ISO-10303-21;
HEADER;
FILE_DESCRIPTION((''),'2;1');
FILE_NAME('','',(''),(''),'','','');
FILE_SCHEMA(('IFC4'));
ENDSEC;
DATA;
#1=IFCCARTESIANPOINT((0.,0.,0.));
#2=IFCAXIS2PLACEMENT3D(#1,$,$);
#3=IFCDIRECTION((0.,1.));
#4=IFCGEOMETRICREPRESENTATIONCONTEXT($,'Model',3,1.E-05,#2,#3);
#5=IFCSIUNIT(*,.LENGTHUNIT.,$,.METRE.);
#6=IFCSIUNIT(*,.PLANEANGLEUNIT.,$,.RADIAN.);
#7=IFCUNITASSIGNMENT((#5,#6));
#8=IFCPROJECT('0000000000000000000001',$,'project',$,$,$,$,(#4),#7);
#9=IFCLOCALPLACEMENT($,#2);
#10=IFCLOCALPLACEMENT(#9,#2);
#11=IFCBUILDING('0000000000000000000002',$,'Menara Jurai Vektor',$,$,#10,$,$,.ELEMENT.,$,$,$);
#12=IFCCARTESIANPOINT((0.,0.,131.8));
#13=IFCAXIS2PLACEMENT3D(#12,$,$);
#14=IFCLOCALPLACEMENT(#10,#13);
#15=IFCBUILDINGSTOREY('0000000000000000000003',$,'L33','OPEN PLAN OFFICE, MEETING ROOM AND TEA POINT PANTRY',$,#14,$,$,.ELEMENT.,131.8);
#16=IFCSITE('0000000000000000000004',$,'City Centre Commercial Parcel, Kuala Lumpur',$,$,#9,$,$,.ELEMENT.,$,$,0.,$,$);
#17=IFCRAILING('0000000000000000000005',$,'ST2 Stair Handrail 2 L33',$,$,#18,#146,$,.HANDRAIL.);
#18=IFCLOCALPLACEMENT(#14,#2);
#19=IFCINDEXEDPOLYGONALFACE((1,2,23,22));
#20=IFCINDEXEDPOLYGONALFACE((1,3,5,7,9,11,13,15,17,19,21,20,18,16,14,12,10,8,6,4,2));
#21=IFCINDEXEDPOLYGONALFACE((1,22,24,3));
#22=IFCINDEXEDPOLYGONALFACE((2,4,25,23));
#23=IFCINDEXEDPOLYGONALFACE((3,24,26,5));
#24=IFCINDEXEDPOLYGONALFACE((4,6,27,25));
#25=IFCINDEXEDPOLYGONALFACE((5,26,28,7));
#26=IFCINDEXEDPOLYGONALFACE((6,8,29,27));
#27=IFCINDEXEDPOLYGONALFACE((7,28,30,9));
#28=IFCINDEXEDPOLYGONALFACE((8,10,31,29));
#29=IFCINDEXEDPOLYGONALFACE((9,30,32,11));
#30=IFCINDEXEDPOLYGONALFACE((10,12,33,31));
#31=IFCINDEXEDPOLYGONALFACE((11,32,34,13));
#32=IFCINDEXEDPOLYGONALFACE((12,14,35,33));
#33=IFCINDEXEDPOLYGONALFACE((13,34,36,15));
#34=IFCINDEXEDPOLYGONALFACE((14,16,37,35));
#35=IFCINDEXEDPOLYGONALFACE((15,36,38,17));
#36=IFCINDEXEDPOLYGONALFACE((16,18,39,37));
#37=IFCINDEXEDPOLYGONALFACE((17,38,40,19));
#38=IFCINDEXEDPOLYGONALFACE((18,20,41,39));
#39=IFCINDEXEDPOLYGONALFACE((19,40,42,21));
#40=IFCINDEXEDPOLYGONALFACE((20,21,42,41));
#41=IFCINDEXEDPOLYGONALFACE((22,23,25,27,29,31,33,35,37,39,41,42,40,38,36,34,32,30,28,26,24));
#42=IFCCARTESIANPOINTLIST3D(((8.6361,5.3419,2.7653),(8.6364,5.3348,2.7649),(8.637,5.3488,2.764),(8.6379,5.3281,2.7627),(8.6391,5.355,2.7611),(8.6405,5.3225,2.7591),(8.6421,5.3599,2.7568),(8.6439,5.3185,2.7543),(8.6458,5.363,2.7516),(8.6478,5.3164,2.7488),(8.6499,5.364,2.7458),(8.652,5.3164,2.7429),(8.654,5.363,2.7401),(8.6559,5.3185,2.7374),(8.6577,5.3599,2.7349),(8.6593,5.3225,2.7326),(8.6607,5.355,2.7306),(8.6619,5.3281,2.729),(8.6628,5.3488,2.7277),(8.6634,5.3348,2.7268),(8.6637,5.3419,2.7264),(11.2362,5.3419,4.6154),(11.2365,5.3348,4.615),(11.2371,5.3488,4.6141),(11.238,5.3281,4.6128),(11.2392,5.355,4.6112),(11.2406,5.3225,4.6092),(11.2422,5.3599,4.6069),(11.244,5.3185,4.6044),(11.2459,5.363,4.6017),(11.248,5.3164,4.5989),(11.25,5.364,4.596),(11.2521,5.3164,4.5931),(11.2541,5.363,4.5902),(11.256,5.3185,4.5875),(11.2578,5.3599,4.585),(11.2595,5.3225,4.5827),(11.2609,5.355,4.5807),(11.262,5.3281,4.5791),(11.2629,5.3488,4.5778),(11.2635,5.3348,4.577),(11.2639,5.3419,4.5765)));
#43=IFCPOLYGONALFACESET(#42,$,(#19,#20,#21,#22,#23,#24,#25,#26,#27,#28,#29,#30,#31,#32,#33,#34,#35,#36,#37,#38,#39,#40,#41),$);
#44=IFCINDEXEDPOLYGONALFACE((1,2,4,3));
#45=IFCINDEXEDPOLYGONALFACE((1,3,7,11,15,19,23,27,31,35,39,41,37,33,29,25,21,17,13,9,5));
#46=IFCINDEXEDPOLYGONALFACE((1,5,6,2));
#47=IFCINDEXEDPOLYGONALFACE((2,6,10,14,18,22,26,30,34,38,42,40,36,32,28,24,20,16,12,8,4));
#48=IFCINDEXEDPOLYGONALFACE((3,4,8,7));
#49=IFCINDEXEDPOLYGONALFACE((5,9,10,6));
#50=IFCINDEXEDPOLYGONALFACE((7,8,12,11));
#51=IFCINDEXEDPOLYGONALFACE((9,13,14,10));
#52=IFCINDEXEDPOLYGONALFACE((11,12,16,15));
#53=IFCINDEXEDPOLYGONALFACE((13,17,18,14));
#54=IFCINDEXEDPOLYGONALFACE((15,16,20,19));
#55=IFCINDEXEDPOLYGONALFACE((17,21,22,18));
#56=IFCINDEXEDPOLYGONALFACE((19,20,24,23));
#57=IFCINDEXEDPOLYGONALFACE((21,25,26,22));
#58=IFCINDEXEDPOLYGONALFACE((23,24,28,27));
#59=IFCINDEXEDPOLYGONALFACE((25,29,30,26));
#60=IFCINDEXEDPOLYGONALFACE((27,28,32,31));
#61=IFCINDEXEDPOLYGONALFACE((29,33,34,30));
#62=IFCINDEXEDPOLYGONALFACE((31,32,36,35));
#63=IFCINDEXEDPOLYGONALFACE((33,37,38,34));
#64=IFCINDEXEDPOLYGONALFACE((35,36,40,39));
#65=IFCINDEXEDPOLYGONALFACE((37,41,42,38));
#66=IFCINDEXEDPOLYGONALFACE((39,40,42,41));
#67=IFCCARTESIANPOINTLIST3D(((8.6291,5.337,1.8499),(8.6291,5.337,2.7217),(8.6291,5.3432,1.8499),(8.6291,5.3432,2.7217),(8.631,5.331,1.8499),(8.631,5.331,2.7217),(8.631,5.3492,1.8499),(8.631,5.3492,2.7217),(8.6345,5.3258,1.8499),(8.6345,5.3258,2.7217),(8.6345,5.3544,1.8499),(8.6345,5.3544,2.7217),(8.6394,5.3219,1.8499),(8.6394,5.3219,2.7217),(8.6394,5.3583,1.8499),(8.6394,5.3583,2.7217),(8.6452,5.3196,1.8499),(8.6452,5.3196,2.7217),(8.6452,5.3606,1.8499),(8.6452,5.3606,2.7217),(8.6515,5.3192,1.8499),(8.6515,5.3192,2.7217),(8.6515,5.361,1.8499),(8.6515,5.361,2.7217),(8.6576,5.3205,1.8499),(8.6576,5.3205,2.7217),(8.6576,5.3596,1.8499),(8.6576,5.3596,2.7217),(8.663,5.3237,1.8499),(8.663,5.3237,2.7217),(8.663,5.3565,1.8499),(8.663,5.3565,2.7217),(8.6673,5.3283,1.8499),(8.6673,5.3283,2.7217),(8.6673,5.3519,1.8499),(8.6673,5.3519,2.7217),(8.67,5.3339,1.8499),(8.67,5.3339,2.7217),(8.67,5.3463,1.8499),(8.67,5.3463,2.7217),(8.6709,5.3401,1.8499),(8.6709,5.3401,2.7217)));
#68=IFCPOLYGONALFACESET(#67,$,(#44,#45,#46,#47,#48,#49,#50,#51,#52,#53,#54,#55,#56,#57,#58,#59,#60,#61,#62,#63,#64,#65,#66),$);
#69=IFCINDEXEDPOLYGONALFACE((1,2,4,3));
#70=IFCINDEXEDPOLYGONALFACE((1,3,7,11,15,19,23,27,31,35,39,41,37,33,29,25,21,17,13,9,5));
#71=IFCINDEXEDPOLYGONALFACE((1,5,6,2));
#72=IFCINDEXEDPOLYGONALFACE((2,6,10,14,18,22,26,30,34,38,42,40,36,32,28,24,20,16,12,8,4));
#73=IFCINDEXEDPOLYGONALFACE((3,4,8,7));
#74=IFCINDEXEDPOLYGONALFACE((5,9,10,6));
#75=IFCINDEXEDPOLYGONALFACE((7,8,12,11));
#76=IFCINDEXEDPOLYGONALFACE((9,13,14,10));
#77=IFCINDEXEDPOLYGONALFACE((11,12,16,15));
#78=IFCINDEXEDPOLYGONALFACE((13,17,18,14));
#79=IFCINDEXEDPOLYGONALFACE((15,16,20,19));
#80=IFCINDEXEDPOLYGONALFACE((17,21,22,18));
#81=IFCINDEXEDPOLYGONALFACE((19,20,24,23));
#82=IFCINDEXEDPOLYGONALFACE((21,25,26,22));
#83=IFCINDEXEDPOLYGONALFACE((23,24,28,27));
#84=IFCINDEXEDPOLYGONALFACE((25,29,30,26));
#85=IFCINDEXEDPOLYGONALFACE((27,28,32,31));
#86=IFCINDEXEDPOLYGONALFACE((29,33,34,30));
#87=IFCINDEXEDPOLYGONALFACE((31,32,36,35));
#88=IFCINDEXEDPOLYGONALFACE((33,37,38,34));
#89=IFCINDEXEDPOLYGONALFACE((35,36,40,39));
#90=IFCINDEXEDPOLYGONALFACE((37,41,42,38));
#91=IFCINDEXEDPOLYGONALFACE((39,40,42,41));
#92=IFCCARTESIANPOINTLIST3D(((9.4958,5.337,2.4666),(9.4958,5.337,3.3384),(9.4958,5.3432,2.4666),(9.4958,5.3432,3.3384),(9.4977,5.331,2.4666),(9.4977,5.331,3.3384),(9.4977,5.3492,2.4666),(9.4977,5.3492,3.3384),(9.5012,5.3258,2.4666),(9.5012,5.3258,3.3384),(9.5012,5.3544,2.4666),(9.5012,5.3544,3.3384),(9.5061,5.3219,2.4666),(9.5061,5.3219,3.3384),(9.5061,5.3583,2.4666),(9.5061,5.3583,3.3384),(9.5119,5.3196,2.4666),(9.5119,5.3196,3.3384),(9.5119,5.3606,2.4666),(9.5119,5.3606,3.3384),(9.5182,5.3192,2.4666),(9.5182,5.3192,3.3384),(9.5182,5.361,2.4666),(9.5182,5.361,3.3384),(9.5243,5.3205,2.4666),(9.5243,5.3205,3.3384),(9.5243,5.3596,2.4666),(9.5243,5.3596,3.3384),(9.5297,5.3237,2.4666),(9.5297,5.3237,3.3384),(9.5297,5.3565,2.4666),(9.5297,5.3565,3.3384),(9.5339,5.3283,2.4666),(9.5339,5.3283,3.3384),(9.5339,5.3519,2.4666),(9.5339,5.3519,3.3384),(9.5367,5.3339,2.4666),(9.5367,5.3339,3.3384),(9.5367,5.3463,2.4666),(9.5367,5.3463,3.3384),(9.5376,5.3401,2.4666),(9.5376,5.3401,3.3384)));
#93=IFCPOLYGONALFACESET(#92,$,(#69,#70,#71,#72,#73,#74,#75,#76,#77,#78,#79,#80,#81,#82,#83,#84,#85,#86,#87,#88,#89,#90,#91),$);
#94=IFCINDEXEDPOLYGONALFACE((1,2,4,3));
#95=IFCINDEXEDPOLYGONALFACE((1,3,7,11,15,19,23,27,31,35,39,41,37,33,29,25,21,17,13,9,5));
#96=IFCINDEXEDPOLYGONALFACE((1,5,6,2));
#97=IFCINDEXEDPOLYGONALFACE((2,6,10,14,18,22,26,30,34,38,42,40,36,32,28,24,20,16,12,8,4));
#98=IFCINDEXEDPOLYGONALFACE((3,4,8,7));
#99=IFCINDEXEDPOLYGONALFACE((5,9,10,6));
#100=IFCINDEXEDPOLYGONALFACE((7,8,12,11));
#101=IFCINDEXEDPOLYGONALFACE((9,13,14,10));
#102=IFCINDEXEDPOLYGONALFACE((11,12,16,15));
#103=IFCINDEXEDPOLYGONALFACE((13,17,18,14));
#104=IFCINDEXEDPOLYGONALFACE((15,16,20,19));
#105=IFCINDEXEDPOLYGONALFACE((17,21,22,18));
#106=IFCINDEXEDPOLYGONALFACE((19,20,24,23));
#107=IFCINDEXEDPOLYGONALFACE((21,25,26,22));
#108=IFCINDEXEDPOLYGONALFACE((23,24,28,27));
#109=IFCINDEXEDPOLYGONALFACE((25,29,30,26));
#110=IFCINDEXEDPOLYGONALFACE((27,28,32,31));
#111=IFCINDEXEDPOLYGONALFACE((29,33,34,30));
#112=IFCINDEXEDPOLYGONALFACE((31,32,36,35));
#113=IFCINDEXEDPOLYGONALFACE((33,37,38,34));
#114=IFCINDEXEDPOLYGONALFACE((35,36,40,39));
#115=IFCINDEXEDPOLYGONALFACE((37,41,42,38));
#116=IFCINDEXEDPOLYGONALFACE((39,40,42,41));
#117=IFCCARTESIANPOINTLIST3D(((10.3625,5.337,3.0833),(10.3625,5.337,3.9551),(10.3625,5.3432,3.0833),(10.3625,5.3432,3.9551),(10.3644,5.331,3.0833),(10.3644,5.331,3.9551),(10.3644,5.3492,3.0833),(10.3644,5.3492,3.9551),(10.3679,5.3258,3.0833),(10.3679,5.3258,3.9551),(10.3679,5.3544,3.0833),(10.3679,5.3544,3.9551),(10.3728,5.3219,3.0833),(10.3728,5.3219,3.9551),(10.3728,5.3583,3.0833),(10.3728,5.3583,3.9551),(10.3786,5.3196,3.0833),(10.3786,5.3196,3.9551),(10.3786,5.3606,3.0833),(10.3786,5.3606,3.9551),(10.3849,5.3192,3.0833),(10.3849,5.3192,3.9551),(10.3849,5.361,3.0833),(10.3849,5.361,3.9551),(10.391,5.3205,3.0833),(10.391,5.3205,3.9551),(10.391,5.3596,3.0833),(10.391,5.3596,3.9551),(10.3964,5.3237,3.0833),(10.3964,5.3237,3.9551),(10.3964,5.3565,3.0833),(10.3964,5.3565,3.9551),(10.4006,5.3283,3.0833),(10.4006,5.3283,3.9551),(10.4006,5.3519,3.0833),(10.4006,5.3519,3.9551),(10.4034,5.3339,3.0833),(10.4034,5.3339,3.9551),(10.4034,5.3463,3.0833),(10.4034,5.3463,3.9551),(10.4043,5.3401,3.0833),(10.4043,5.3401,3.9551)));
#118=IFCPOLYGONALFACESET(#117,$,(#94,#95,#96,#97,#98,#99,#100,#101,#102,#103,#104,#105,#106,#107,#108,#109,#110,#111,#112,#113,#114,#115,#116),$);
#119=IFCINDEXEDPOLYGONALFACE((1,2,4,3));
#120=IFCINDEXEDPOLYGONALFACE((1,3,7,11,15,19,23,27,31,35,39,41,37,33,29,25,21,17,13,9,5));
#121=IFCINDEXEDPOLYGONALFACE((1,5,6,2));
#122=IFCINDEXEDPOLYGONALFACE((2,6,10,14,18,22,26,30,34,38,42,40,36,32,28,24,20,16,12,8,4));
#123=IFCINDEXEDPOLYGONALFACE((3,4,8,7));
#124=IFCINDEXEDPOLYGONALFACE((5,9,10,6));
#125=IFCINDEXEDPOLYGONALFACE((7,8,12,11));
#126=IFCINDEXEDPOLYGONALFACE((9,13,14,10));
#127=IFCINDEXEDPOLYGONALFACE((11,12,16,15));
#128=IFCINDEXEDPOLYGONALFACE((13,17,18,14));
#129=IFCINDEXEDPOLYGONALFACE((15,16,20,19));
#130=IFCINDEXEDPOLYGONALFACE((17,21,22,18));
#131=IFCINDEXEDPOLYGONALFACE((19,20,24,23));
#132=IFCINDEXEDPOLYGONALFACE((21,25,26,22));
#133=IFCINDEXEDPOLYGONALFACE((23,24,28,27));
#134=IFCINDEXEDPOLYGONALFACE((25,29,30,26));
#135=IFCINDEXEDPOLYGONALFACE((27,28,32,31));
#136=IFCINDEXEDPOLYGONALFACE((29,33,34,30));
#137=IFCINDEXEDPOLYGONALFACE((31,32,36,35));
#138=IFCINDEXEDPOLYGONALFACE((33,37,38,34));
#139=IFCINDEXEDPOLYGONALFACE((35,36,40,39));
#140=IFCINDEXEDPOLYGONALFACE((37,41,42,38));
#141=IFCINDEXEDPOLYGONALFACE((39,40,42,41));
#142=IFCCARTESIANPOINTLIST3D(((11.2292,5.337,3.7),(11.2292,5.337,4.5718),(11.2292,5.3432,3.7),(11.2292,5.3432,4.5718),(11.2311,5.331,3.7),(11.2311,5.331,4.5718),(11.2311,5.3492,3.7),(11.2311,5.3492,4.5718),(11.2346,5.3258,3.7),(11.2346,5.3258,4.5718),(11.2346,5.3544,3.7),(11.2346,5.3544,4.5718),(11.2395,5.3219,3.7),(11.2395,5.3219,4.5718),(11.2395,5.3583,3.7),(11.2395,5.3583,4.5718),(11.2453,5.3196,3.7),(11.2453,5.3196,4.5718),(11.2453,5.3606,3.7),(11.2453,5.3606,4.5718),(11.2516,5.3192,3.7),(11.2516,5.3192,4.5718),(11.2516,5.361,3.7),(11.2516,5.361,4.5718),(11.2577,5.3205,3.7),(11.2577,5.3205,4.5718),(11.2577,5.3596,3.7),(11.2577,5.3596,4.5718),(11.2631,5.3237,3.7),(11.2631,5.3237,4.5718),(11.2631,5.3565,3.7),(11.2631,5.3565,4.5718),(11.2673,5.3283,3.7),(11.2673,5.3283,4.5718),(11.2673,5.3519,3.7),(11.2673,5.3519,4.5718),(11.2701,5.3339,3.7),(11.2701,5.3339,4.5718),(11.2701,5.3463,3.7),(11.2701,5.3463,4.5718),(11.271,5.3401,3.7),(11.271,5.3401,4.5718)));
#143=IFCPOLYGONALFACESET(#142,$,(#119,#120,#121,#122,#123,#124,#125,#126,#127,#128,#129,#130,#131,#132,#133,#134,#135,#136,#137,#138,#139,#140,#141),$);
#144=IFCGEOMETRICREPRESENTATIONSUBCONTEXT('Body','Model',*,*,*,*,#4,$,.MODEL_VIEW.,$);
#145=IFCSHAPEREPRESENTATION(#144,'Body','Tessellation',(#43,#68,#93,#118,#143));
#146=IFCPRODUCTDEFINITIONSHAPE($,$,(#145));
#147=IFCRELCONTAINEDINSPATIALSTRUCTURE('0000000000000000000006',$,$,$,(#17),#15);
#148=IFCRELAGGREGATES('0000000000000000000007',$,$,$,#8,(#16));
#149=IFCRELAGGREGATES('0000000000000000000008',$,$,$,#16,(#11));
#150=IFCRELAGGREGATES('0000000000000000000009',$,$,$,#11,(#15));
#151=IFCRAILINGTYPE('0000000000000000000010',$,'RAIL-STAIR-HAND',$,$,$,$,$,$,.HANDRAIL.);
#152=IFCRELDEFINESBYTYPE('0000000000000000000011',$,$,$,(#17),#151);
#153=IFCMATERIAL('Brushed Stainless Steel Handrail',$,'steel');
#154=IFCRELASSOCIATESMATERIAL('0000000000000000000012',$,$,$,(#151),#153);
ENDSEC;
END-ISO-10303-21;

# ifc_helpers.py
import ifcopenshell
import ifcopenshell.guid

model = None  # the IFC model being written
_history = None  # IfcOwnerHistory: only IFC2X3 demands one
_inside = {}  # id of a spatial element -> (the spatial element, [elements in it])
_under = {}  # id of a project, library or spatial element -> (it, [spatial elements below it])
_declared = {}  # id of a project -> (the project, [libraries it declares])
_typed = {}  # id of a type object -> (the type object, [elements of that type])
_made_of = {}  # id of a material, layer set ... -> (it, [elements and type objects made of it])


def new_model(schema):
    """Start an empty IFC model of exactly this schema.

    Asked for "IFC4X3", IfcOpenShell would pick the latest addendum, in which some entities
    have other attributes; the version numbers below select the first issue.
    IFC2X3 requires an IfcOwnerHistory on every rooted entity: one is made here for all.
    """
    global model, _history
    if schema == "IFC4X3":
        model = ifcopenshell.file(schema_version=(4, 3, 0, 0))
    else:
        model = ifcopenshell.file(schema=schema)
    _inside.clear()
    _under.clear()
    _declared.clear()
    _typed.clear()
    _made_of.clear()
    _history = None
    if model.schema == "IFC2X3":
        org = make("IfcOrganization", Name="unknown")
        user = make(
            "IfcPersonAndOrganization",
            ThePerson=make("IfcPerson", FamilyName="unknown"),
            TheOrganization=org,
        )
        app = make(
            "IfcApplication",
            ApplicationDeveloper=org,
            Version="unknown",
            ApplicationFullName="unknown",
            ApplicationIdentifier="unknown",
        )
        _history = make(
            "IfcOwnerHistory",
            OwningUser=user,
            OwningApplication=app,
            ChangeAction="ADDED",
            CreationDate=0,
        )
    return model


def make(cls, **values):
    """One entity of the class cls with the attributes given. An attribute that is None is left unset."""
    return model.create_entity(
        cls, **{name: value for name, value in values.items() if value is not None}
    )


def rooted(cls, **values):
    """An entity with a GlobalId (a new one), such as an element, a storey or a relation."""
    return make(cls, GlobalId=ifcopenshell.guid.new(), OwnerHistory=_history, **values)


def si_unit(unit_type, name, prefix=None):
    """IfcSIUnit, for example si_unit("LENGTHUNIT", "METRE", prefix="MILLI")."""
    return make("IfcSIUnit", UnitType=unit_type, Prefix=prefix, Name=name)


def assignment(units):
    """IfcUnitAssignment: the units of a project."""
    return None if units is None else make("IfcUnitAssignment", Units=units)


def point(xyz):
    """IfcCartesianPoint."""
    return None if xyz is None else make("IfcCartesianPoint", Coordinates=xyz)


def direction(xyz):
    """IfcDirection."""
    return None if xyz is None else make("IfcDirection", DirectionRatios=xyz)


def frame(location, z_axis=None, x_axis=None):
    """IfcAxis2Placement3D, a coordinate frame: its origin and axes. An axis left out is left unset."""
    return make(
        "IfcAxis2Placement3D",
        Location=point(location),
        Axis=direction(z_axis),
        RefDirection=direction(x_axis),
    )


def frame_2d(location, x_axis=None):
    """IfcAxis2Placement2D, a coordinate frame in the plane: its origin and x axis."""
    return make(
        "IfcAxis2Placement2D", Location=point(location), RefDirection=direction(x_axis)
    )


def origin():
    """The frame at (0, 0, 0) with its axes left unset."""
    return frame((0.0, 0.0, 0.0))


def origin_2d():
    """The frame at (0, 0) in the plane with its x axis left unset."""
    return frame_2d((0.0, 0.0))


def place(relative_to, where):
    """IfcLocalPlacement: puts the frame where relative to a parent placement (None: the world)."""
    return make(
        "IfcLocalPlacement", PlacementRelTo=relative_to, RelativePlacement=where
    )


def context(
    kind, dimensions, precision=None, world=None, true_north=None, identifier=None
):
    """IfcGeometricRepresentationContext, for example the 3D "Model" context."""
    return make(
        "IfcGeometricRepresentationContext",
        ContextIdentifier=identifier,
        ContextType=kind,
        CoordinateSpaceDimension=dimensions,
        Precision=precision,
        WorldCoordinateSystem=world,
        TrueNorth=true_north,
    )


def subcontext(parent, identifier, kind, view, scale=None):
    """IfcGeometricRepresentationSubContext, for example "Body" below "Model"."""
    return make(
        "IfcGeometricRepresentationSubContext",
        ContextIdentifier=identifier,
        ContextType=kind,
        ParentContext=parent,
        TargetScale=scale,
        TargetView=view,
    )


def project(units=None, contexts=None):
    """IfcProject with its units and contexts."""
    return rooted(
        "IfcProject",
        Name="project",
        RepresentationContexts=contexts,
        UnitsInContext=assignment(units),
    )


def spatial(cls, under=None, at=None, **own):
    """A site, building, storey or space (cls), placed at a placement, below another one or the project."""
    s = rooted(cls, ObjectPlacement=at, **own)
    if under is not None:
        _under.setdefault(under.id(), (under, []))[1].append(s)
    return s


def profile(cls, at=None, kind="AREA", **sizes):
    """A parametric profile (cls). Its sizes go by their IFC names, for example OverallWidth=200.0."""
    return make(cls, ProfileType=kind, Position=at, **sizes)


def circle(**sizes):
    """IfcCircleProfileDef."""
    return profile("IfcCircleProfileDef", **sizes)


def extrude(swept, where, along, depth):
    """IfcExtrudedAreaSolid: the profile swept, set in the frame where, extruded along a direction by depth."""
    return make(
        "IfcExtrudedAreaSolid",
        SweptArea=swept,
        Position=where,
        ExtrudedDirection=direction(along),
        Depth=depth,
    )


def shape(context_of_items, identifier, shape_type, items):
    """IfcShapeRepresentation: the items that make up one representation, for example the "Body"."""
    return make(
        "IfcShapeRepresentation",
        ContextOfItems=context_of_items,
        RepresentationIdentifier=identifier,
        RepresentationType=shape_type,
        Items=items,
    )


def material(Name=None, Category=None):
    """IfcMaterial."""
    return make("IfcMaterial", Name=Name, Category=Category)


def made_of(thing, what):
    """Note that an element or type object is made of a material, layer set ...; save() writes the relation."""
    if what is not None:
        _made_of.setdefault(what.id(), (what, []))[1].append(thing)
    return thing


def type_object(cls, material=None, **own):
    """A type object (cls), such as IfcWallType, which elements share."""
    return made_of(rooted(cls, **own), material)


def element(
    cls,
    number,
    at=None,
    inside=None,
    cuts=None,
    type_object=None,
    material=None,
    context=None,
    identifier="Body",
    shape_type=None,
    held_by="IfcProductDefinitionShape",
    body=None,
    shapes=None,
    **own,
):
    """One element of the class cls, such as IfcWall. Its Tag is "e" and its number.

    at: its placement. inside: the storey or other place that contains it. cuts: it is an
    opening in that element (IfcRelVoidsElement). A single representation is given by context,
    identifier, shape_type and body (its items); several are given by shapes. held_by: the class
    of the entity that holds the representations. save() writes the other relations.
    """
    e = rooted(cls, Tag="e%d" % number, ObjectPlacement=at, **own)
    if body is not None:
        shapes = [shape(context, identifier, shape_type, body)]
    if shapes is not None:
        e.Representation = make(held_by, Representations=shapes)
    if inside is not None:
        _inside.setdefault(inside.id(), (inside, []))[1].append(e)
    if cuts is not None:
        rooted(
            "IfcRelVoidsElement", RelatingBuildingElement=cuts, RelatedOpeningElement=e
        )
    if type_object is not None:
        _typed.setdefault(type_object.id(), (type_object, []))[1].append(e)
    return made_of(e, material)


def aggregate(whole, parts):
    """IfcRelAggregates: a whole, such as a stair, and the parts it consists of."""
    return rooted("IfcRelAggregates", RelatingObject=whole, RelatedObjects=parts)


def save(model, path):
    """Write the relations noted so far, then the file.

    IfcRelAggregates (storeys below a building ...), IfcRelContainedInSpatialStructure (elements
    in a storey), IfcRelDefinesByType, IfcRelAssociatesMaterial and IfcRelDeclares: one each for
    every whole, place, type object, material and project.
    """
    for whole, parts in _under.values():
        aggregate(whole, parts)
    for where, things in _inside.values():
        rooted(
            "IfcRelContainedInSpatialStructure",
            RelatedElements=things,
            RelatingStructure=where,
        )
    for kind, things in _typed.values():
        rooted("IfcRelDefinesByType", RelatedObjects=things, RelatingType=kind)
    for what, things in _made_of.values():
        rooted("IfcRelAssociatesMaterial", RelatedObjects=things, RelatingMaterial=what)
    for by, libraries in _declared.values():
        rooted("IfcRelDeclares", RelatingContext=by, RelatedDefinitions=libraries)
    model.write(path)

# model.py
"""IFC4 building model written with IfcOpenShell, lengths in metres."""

from ifc_helpers import new_model, si_unit, direction, frame, origin, origin_2d, place, context, subcontext, project, spatial, circle, extrude, material, type_object, element, save


model = new_model("IFC4")

# Units and contexts
model_context = context("Model", 3, precision=1e-05, world=origin(), true_north=direction((0.0, 1.0)))
body_context = subcontext(model_context, "Body", "Model", "MODEL_VIEW")
ifc_project = project(units=[si_unit("LENGTHUNIT", "METRE"), si_unit("PLANEANGLEUNIT", "RADIAN")], contexts=[model_context])

# Site, building, storey
site_placement = place(None, origin())
site = spatial("IfcSite", under=ifc_project, at=site_placement, Name="City Centre Commercial Parcel, Kuala Lumpur", CompositionType="ELEMENT", RefElevation=0.0)
building_placement = place(site_placement, origin())
building = spatial("IfcBuilding", under=site, at=building_placement, Name="Menara Jurai Vektor", CompositionType="ELEMENT")
storey_placement = place(building_placement, frame((0.0, 0.0, 131.8)))
storey = spatial("IfcBuildingStorey", under=building, at=storey_placement, Name="L33", Description="OPEN PLAN OFFICE, MEETING ROOM AND TEA POINT PANTRY", CompositionType="ELEMENT", Elevation=131.8)

# Railing
ifc_material_1 = material(Name="Brushed Stainless Steel Handrail", Category="steel")
railing_type_1 = type_object("IfcRailingType", Name="RAIL-STAIR-HAND", PredefinedType="HANDRAIL", material=ifc_material_1)
railing_1_placement = place(storey_placement, frame((8.6499, 5.3401, 1.8499)))
element("IfcRailing", 1, at=railing_1_placement, inside=storey, type_object=railing_type_1, Name="ST2 Stair Handrail 2 L33", PredefinedType="HANDRAIL", context=body_context, shape_type="SweptSolid", body=[
    extrude(circle(Radius=0.0239, at=origin_2d()), frame((0.0, 0.0, 0.896), z_axis=(0.814787, 0.0, 0.579761), x_axis=(0.0, 1.0, 0.0)), (0.0, 0.0, 1.0), 3.1912),
    extrude(circle(Radius=0.021, at=origin_2d()), origin(), (0.0, 0.0, 1.0), 0.8718),
    extrude(circle(Radius=0.021, at=origin_2d()), frame((0.8667, 0.0, 0.6167)), (0.0, 0.0, 1.0), 0.8718),
    extrude(circle(Radius=0.021, at=origin_2d()), frame((1.7334, 0.0, 1.2334)), (0.0, 0.0, 1.0), 0.8718),
    extrude(circle(Radius=0.021, at=origin_2d()), frame((2.6001, 0.0, 1.8501)), (0.0, 0.0, 1.0), 0.8718),
])

save(model, "model.ifc")
